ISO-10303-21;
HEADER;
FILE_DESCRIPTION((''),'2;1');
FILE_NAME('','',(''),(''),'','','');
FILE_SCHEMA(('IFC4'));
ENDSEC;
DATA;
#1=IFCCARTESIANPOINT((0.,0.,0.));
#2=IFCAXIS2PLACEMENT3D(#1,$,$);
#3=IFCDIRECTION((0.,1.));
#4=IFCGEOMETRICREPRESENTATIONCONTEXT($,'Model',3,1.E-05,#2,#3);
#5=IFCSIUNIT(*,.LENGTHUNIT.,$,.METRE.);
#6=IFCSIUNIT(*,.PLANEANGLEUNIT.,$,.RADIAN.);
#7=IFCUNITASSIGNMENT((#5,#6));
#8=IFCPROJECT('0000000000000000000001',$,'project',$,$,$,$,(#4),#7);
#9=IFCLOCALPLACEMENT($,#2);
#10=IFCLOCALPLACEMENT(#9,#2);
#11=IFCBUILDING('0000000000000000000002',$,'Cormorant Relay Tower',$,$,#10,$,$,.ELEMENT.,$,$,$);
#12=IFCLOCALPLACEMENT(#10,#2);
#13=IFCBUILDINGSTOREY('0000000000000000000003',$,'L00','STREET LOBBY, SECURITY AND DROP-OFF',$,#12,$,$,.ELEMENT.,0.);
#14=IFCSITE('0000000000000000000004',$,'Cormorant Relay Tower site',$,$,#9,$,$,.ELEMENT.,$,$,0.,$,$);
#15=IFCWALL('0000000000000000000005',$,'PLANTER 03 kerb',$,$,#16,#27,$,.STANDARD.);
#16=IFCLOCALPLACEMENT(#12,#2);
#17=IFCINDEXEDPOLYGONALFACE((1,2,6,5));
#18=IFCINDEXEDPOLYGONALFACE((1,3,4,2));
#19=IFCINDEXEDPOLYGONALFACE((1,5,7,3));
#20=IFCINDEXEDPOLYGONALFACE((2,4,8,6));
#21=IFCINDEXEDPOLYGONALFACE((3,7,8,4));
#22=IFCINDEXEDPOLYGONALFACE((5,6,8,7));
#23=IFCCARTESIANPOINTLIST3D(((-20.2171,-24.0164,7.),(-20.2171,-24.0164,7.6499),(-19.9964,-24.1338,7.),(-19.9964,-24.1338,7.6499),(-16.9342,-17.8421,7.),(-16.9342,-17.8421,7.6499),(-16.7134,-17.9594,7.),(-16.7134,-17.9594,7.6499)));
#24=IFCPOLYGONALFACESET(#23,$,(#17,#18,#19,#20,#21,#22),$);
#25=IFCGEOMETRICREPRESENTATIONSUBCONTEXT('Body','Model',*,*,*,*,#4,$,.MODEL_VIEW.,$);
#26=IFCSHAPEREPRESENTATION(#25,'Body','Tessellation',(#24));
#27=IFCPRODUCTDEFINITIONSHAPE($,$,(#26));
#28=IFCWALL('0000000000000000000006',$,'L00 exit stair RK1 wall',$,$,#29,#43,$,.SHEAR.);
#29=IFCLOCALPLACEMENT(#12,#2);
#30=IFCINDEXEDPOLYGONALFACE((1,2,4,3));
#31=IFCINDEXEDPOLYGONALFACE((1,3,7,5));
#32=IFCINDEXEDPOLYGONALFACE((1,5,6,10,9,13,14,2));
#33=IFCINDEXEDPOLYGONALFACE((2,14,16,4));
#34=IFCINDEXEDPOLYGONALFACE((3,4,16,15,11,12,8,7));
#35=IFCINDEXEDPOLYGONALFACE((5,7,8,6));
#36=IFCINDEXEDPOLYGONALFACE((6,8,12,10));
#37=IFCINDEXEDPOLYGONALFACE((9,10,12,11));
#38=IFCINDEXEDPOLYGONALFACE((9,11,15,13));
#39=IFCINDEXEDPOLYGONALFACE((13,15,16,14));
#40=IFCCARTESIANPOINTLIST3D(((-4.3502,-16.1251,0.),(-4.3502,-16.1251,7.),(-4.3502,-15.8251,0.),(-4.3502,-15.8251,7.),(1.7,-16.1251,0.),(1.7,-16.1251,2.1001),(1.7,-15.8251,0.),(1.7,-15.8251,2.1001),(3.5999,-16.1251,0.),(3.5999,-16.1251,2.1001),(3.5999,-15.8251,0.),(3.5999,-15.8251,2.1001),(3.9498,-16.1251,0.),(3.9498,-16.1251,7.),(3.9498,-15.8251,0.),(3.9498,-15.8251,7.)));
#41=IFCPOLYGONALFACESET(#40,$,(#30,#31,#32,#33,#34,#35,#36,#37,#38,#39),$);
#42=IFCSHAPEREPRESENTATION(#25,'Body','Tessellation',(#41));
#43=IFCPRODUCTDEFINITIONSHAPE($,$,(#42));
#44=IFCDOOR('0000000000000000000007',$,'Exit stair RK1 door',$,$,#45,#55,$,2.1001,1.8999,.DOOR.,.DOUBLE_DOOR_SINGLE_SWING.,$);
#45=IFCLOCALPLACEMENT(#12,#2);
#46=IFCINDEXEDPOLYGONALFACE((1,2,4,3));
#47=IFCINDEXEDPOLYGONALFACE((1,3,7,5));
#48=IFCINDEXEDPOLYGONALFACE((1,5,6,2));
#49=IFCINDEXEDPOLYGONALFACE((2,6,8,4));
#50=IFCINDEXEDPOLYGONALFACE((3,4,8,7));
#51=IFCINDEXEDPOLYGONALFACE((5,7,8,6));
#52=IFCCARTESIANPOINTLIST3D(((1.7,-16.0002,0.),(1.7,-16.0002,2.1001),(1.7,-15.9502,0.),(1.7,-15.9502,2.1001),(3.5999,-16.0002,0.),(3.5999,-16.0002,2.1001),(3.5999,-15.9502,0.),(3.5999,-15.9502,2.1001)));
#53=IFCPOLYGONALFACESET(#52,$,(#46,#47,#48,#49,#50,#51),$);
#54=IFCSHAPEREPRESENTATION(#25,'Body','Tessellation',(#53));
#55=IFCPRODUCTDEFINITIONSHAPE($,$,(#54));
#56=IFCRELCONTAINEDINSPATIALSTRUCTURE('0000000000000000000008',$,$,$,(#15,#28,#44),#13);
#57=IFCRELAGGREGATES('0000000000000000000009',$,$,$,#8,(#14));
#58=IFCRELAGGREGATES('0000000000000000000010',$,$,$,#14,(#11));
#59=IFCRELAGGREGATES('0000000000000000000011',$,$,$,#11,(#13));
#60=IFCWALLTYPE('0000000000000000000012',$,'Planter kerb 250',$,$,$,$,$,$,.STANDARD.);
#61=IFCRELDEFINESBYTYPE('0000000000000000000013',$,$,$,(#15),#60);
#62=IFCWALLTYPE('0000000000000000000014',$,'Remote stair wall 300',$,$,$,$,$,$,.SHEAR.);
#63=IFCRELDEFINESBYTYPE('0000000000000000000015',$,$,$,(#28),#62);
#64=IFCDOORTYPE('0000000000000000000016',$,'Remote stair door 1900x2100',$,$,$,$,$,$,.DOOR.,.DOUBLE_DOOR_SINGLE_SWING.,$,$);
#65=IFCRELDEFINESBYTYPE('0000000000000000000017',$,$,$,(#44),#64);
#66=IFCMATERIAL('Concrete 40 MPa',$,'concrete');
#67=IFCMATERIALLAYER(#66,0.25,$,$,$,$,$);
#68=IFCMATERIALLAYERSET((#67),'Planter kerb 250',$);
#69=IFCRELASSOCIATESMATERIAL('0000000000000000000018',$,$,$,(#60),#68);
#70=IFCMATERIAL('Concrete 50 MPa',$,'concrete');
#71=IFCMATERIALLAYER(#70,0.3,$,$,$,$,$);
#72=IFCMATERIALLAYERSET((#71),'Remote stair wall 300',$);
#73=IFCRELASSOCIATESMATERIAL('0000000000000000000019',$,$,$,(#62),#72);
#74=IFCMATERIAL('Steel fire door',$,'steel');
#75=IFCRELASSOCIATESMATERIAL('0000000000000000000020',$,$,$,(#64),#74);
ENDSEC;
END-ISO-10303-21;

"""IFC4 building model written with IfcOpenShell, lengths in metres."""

from ifc_helpers import new_model, si_unit, direction, frame, frame_2d, origin, place, context, subcontext, project, spatial, rectangle, extrude, material, layer, layer_set, type_object, element, fill, save


model = new_model("IFC4")

# Units and contexts
model_context = context("Model", 3, precision=1e-05, world=origin(), true_north=direction((0.0, 1.0)))
body_context = subcontext(model_context, "Body", "Model", "MODEL_VIEW")
ifc_project = project(units=[si_unit("LENGTHUNIT", "METRE"), si_unit("PLANEANGLEUNIT", "RADIAN")], contexts=[model_context])

# Site, building, storey
site_placement = place(None, origin())
site = spatial("IfcSite", under=ifc_project, at=site_placement, Name="Cormorant Relay Tower site", CompositionType="ELEMENT", RefElevation=0.0)
building_placement = place(site_placement, origin())
building = spatial("IfcBuilding", under=site, at=building_placement, Name="Cormorant Relay Tower", CompositionType="ELEMENT")
storey_placement = place(building_placement, origin())
storey = spatial("IfcBuildingStorey", under=building, at=storey_placement, Name="L00", Description="STREET LOBBY, SECURITY AND DROP-OFF", CompositionType="ELEMENT", Elevation=0.0)

# Wall
ifc_material_1 = material(Name="Concrete 40 MPa", Category="concrete")
ifc_layer_1 = layer(ifc_material_1, 0.25)
ifc_layer_set_1 = layer_set([ifc_layer_1], Name="Planter kerb 250")
wall_type_1 = type_object("IfcWallType", Name="Planter kerb 250", PredefinedType="STANDARD", material=ifc_layer_set_1)
wall_1_placement = place(storey_placement, frame((-16.8237, -17.9006, 7.0), z_axis=(0.0, 0.0, 1.0), x_axis=(-0.469473, -0.882947, 0.0)))
element("IfcWall", 1, at=wall_1_placement, inside=storey, type_object=wall_type_1, Name="PLANTER 03 kerb", PredefinedType="STANDARD", context=body_context, shape_type="SweptSolid", body=[
    extrude(rectangle(XDim=6.9929, YDim=0.25, at=frame_2d((3.4966, 0.0))), origin(), (0.0, 0.0, 1.0), 0.6499),
])

# Wall, opening, door
ifc_material_2 = material(Name="Concrete 50 MPa", Category="concrete")
ifc_layer_2 = layer(ifc_material_2, 0.3)
ifc_layer_set_2 = layer_set([ifc_layer_2], Name="Remote stair wall 300")
wall_type_2 = type_object("IfcWallType", Name="Remote stair wall 300", PredefinedType="SHEAR", material=ifc_layer_set_2)
wall_2_placement = place(storey_placement, frame((-4.3501, -15.9751, 0.0), z_axis=(0.0, 0.0, 1.0), x_axis=(1.0, 0.0, 0.0)))
wall_2 = element("IfcWall", 2, at=wall_2_placement, inside=storey, type_object=wall_type_2, Name="L00 exit stair RK1 wall", PredefinedType="SHEAR", context=body_context, shape_type="SweptSolid", body=[
    extrude(rectangle(XDim=8.3, YDim=0.3, at=frame_2d((4.1499, 0.0))), origin(), (0.0, 0.0, 1.0), 7.0),
])
opening_placement = place(wall_2_placement, frame((6.05, 0.0, 0.0)))
opening = element("IfcOpeningElement", 3, at=opening_placement, cuts=wall_2, PredefinedType="OPENING", context=body_context, shape_type="SweptSolid", body=[
    extrude(rectangle(XDim=1.8999, YDim=2.1001, at=frame_2d((0.95, 1.05))), frame((0.0, 0.1599, 0.0), z_axis=(0.0, -1.0, 0.0), x_axis=(1.0, 0.0, 0.0)), (0.0, 0.0, 1.0), 0.3201),
])
ifc_material_3 = material(Name="Steel fire door", Category="steel")
door_type = type_object("IfcDoorType", Name="Remote stair door 1900x2100", OperationType="DOUBLE_DOOR_SINGLE_SWING", PredefinedType="DOOR", material=ifc_material_3)
door_placement = place(opening_placement, origin())
door = element("IfcDoor", 4, at=door_placement, inside=storey, type_object=door_type, Name="Exit stair RK1 door", OperationType="DOUBLE_DOOR_SINGLE_SWING", OverallHeight=2.1001, OverallWidth=1.8999, PredefinedType="DOOR", context=body_context, shape_type="SweptSolid", body=[
    extrude(rectangle(XDim=1.8999, YDim=2.1001, at=frame_2d((0.95, 1.05))), frame((0.0, 0.0249, 0.0), z_axis=(0.0, -1.0, 0.0), x_axis=(1.0, 0.0, 0.0)), (0.0, 0.0, 1.0), 0.05),
])
fill(opening, door)

save(model, "model.ifc")
